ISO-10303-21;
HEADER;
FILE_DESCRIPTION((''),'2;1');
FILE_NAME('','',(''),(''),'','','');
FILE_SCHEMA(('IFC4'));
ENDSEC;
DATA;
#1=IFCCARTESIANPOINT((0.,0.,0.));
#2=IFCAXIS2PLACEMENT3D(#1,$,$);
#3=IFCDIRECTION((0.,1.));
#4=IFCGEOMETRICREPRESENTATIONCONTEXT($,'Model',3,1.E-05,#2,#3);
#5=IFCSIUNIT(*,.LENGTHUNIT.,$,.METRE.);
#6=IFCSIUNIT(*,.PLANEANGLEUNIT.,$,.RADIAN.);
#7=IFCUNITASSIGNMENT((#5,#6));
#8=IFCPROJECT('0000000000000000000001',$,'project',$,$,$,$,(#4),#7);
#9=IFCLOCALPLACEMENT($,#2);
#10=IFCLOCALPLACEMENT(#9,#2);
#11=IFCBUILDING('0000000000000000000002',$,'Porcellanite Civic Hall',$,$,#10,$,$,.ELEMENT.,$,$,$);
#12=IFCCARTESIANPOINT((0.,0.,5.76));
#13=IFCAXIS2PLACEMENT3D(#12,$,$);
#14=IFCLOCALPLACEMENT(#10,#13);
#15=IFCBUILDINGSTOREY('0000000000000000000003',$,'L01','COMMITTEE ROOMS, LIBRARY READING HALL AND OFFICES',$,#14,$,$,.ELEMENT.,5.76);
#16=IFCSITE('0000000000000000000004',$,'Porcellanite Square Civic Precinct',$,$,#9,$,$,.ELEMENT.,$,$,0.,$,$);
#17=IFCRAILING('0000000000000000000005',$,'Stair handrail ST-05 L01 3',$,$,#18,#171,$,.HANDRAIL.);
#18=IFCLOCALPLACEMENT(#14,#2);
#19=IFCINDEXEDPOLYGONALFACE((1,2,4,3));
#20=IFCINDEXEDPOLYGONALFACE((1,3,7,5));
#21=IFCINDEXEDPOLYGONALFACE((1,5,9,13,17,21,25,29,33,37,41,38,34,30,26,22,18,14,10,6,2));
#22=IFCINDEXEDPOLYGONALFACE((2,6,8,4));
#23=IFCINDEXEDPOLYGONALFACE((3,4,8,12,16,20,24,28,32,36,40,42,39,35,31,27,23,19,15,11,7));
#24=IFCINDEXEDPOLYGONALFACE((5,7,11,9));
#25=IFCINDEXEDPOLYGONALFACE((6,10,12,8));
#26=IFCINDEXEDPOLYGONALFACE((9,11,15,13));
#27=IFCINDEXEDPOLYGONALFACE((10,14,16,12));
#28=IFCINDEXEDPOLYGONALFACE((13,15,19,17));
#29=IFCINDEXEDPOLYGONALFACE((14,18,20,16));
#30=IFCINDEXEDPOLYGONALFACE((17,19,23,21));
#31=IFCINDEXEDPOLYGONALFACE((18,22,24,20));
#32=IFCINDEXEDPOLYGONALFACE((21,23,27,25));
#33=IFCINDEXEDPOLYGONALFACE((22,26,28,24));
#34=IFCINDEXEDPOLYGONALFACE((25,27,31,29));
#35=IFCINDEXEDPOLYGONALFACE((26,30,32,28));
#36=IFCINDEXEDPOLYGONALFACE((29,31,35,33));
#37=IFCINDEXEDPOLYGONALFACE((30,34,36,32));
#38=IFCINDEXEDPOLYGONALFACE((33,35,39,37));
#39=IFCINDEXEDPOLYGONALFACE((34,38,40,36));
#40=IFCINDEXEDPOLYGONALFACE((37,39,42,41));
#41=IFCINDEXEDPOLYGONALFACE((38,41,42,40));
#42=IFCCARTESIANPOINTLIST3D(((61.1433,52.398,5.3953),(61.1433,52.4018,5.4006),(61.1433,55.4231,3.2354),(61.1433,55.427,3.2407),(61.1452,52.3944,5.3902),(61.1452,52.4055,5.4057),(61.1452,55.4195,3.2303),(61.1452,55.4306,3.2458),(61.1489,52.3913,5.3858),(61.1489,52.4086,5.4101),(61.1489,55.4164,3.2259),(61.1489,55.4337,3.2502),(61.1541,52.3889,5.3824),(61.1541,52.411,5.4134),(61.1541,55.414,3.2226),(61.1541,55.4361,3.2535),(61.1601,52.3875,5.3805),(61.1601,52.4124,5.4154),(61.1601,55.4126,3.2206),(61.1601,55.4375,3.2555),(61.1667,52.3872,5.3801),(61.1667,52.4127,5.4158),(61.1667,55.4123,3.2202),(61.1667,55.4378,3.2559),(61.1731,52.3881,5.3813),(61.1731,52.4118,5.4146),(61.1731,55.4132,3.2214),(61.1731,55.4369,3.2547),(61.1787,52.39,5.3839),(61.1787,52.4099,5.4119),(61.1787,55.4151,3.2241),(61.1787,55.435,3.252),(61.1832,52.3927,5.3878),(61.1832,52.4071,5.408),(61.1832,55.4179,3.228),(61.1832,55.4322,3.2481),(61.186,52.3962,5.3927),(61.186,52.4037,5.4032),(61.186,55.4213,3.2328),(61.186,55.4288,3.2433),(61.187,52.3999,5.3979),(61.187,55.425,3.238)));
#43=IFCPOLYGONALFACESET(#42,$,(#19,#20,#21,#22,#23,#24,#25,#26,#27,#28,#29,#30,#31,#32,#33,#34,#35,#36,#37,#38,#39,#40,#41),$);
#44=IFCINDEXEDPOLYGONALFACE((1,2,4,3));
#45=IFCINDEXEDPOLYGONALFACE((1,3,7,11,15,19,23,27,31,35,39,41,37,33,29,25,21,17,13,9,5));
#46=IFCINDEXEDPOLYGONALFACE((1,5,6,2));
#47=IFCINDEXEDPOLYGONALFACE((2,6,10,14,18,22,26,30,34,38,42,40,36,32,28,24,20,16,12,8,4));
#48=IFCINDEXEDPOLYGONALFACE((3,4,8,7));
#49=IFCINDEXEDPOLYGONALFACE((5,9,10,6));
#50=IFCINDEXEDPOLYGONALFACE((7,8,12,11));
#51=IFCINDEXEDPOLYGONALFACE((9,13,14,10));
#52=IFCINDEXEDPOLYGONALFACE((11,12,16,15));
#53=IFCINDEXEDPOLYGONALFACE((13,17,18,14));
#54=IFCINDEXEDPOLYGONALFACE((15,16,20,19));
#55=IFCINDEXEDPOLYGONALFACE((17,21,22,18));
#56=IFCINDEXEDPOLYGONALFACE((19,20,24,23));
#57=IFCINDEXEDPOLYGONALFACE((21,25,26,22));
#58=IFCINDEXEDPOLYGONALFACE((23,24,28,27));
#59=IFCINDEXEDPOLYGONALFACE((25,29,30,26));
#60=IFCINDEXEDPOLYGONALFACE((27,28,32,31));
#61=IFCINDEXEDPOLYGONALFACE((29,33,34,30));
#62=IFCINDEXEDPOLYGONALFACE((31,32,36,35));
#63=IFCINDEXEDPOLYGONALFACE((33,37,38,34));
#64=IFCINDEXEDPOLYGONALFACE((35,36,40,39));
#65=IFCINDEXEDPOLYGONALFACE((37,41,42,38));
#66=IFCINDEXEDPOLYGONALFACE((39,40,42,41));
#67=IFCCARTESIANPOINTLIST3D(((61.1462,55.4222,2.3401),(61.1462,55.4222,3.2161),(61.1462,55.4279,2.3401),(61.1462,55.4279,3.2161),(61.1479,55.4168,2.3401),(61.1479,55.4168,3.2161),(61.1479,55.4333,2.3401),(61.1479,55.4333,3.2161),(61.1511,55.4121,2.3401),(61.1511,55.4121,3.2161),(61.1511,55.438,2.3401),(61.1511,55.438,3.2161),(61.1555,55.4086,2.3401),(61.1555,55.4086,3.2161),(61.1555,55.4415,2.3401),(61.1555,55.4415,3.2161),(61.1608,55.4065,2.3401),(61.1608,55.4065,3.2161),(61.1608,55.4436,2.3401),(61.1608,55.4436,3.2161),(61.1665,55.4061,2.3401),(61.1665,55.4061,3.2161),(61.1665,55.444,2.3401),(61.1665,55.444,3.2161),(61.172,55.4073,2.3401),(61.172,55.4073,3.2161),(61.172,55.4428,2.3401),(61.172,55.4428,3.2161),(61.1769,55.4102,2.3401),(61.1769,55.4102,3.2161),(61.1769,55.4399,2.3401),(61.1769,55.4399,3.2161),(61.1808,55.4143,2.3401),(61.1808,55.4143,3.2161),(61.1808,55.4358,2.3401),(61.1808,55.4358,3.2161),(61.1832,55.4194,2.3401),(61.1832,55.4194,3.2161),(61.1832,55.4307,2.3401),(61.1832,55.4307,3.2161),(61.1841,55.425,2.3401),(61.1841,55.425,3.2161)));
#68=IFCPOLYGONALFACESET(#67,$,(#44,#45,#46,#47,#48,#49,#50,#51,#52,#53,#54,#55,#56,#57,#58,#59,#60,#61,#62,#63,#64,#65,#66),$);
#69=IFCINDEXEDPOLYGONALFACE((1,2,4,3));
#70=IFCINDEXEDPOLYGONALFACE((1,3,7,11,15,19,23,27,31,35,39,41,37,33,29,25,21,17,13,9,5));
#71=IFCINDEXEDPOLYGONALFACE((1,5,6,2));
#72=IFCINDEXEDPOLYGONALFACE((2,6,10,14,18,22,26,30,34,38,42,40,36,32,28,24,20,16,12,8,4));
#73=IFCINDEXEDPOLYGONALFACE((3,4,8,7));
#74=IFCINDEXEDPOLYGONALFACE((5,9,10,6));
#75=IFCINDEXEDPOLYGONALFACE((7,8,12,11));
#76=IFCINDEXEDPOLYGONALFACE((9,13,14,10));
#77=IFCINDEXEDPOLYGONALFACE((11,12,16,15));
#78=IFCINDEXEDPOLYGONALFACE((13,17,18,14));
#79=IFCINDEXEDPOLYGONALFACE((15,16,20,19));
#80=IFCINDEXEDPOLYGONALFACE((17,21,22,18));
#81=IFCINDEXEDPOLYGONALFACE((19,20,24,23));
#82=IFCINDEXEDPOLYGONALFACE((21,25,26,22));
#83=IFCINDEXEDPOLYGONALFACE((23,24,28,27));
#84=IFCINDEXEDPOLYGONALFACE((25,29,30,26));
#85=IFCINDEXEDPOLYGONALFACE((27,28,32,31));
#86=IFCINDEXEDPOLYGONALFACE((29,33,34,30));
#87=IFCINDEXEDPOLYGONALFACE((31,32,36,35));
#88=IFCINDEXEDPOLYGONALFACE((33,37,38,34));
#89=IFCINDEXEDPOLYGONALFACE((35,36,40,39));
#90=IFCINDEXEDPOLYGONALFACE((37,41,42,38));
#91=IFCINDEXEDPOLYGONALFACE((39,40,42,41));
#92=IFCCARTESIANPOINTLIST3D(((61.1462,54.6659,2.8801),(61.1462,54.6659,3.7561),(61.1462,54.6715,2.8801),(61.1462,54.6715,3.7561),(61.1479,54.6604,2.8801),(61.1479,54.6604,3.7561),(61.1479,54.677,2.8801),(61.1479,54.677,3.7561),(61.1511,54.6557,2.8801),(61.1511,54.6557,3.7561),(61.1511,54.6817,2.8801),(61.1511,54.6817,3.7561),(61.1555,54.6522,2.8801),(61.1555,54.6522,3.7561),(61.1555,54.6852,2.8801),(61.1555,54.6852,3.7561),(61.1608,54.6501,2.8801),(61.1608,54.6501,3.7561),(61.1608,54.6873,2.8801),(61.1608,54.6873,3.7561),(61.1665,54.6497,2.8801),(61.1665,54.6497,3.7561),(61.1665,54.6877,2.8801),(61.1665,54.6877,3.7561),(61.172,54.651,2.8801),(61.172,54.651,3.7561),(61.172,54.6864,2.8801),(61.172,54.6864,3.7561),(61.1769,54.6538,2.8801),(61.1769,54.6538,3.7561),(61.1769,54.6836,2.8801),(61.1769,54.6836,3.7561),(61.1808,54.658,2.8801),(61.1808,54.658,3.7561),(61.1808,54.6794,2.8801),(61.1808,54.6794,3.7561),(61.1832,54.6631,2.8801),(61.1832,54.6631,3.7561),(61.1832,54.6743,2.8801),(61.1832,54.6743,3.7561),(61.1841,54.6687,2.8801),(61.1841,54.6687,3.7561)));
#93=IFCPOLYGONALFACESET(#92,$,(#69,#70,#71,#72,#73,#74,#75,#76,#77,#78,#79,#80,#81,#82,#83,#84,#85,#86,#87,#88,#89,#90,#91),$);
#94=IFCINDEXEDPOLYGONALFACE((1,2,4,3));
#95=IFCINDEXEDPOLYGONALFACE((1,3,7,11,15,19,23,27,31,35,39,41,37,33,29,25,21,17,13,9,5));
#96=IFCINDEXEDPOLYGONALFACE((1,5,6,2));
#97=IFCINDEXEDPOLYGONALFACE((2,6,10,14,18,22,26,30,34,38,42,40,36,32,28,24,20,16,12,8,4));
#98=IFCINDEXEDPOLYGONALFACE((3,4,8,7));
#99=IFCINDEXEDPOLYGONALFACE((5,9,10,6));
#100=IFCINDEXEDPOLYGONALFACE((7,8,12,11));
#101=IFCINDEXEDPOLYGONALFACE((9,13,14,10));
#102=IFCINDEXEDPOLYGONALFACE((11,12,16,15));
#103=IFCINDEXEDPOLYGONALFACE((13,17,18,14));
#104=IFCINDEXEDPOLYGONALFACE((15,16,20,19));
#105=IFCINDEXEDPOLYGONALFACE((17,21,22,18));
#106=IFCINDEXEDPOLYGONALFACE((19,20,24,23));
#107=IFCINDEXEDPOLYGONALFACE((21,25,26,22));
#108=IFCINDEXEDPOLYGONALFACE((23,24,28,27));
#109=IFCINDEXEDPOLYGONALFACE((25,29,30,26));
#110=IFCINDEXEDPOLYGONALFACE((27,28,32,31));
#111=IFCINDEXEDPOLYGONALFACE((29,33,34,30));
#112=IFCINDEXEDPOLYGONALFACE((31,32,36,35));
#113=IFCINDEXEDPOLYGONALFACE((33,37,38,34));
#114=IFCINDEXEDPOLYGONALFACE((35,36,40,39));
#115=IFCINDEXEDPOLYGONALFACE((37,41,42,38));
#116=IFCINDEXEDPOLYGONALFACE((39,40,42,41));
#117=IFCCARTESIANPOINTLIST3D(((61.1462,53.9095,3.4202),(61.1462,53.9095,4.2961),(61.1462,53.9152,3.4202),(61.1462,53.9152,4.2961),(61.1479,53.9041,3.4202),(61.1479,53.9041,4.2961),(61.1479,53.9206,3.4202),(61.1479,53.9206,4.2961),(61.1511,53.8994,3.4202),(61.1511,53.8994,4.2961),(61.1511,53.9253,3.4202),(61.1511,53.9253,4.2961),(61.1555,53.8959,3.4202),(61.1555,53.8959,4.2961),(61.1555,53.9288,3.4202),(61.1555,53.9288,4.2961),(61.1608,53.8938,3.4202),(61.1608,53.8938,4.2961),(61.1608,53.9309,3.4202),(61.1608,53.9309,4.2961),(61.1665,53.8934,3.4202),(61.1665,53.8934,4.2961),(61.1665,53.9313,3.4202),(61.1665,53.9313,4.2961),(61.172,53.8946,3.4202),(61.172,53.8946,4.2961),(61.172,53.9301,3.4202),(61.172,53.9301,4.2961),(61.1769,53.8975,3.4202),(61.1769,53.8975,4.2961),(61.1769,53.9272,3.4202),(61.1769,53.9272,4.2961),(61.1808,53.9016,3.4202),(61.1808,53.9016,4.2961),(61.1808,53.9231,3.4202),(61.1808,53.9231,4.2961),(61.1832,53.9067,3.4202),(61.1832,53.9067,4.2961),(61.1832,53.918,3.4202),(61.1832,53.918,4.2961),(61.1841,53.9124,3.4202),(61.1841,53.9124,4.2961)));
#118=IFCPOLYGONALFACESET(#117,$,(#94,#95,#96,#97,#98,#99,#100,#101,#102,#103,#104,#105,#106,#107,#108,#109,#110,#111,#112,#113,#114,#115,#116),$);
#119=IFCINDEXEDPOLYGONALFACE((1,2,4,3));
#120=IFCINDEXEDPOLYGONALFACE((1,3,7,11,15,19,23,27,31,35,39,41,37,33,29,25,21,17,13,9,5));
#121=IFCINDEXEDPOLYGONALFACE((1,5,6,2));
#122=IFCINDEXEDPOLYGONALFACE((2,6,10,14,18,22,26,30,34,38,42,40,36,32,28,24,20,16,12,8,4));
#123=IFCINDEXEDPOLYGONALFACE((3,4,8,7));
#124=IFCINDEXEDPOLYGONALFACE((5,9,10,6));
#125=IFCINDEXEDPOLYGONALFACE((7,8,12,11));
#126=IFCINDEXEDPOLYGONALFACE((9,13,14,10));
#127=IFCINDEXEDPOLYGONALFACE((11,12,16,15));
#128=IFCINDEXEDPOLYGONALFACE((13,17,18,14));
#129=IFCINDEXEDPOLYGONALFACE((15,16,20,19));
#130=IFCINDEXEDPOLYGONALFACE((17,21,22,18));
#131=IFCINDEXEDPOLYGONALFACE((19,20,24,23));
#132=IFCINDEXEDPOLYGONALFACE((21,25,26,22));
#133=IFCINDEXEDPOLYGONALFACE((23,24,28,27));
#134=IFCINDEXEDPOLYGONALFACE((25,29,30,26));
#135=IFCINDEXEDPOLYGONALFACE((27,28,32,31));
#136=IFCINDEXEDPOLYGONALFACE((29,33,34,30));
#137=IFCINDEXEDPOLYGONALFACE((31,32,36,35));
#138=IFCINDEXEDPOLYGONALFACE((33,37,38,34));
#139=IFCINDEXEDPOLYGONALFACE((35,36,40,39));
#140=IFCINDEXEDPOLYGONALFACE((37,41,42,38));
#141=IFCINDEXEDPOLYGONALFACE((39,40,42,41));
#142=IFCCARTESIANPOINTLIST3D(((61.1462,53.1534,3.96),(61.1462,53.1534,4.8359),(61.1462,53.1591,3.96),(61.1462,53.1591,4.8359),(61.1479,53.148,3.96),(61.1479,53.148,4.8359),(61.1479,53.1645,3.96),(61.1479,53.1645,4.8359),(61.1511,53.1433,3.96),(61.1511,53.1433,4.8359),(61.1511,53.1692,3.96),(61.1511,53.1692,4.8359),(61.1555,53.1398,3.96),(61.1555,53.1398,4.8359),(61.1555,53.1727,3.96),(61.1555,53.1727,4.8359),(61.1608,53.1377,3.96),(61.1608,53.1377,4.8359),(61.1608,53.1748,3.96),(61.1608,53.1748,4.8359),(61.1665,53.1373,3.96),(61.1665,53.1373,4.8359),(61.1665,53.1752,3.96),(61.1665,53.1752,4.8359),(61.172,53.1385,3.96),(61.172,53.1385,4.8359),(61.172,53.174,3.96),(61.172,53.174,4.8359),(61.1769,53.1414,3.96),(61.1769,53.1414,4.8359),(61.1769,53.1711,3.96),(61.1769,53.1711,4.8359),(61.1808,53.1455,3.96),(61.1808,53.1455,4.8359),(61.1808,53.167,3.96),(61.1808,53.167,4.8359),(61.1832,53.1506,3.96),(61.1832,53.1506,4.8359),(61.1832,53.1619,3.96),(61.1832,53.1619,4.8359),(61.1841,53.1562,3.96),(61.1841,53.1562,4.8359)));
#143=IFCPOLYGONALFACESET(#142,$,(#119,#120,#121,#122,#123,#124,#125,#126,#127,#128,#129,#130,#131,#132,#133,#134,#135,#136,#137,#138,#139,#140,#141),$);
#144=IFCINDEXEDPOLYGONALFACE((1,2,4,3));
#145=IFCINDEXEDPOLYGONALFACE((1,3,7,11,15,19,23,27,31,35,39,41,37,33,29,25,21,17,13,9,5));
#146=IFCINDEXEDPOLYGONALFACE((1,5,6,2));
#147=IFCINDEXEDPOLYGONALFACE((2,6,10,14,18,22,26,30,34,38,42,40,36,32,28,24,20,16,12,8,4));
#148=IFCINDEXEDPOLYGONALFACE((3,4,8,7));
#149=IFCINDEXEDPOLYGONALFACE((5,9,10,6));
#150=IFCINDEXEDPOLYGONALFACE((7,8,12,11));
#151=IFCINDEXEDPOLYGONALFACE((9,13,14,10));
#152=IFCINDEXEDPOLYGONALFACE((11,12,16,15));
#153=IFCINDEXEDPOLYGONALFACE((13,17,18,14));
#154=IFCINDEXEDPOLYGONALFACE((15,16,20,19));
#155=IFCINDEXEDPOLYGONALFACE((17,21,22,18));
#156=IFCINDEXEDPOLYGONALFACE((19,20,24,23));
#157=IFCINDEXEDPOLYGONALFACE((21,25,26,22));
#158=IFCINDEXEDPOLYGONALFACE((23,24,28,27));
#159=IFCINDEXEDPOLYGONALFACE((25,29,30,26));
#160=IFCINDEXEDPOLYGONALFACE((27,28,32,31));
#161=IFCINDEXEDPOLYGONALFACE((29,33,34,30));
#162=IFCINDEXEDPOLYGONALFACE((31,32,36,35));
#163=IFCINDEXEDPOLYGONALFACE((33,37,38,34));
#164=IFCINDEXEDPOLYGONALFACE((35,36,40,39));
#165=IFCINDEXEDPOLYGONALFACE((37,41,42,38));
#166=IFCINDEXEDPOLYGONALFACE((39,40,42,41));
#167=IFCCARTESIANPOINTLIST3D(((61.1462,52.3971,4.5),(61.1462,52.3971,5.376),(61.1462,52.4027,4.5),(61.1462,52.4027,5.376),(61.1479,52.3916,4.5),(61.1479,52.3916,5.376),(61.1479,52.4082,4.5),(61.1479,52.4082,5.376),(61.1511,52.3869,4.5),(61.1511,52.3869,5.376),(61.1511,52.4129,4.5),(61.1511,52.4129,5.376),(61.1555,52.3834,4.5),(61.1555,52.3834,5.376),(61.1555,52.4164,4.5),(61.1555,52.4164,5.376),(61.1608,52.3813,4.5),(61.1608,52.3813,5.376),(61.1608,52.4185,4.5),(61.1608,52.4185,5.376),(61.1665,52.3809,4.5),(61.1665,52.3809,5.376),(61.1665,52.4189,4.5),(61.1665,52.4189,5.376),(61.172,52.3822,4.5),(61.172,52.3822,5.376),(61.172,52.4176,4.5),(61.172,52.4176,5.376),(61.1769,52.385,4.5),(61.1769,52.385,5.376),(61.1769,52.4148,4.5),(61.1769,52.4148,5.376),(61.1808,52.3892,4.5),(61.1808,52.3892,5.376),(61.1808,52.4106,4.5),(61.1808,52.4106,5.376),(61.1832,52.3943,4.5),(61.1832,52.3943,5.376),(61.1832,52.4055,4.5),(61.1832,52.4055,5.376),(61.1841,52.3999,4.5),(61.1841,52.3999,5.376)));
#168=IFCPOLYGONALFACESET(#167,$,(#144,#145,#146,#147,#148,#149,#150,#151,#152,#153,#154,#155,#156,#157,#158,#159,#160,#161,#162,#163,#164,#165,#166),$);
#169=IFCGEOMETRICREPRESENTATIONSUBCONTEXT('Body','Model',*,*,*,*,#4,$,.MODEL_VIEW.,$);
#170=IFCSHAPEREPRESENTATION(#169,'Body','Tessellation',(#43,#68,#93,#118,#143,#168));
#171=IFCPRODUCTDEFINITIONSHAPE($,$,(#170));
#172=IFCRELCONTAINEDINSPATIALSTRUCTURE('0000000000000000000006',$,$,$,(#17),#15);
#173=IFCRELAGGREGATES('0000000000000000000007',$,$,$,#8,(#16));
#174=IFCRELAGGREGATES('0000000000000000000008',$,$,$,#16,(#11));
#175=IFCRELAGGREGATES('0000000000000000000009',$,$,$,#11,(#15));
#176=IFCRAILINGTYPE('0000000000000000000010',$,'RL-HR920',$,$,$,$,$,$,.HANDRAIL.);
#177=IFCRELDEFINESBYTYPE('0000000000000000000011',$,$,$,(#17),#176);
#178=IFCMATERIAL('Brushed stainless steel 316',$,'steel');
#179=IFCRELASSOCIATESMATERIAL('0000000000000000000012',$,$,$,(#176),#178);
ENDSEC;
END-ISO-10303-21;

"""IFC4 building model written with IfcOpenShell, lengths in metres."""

from ifc_helpers import new_model, si_unit, direction, frame, origin, origin_2d, place, context, subcontext, project, spatial, circle, extrude, material, type_object, element, save


model = new_model("IFC4")

# Units and contexts
model_context = context("Model", 3, precision=1e-05, world=origin(), true_north=direction((0.0, 1.0)))
body_context = subcontext(model_context, "Body", "Model", "MODEL_VIEW")
ifc_project = project(units=[si_unit("LENGTHUNIT", "METRE"), si_unit("PLANEANGLEUNIT", "RADIAN")], contexts=[model_context])

# Site, building, storey
site_placement = place(None, origin())
site = spatial("IfcSite", under=ifc_project, at=site_placement, Name="Porcellanite Square Civic Precinct", CompositionType="ELEMENT", RefElevation=0.0)
building_placement = place(site_placement, origin())
building = spatial("IfcBuilding", under=site, at=building_placement, Name="Porcellanite Civic Hall", CompositionType="ELEMENT")
storey_placement = place(building_placement, frame((0.0, 0.0, 5.76)))
storey = spatial("IfcBuildingStorey", under=building, at=storey_placement, Name="L01", Description="COMMITTEE ROOMS, LIBRARY READING HALL AND OFFICES", CompositionType="ELEMENT", Elevation=5.76)

# Railing
ifc_material_1 = material(Name="Brushed stainless steel 316", Category="steel")
railing_type_1 = type_object("IfcRailingType", Name="RL-HR920", PredefinedType="HANDRAIL", material=ifc_material_1)
railing_1_placement = place(storey_placement, frame((61.165, 55.425, 2.3401)))
element("IfcRailing", 1, at=railing_1_placement, inside=storey, type_object=railing_type_1, Name="Stair handrail ST-05 L01 3", PredefinedType="HANDRAIL", context=body_context, shape_type="SweptSolid", body=[
    extrude(circle(Radius=0.022, at=origin_2d()), frame((0.0, 0.0, 0.8979), z_axis=(0.0, -0.813849, 0.581077), x_axis=(1.0, 0.0, 0.0)), (0.0, 0.0, 1.0), 3.717),
    extrude(circle(Radius=0.019, at=origin_2d()), origin(), (0.0, 0.0, 1.0), 0.876),
    extrude(circle(Radius=0.019, at=origin_2d()), frame((0.0, -0.7563, 0.54)), (0.0, 0.0, 1.0), 0.876),
    extrude(circle(Radius=0.019, at=origin_2d()), frame((0.0, -1.5127, 1.0801)), (0.0, 0.0, 1.0), 0.876),
    extrude(circle(Radius=0.019, at=origin_2d()), frame((0.0, -2.2688, 1.6199)), (0.0, 0.0, 1.0), 0.876),
    extrude(circle(Radius=0.019, at=origin_2d()), frame((0.0, -3.0251, 2.1599)), (0.0, 0.0, 1.0), 0.876),
])

save(model, "model.ifc")
